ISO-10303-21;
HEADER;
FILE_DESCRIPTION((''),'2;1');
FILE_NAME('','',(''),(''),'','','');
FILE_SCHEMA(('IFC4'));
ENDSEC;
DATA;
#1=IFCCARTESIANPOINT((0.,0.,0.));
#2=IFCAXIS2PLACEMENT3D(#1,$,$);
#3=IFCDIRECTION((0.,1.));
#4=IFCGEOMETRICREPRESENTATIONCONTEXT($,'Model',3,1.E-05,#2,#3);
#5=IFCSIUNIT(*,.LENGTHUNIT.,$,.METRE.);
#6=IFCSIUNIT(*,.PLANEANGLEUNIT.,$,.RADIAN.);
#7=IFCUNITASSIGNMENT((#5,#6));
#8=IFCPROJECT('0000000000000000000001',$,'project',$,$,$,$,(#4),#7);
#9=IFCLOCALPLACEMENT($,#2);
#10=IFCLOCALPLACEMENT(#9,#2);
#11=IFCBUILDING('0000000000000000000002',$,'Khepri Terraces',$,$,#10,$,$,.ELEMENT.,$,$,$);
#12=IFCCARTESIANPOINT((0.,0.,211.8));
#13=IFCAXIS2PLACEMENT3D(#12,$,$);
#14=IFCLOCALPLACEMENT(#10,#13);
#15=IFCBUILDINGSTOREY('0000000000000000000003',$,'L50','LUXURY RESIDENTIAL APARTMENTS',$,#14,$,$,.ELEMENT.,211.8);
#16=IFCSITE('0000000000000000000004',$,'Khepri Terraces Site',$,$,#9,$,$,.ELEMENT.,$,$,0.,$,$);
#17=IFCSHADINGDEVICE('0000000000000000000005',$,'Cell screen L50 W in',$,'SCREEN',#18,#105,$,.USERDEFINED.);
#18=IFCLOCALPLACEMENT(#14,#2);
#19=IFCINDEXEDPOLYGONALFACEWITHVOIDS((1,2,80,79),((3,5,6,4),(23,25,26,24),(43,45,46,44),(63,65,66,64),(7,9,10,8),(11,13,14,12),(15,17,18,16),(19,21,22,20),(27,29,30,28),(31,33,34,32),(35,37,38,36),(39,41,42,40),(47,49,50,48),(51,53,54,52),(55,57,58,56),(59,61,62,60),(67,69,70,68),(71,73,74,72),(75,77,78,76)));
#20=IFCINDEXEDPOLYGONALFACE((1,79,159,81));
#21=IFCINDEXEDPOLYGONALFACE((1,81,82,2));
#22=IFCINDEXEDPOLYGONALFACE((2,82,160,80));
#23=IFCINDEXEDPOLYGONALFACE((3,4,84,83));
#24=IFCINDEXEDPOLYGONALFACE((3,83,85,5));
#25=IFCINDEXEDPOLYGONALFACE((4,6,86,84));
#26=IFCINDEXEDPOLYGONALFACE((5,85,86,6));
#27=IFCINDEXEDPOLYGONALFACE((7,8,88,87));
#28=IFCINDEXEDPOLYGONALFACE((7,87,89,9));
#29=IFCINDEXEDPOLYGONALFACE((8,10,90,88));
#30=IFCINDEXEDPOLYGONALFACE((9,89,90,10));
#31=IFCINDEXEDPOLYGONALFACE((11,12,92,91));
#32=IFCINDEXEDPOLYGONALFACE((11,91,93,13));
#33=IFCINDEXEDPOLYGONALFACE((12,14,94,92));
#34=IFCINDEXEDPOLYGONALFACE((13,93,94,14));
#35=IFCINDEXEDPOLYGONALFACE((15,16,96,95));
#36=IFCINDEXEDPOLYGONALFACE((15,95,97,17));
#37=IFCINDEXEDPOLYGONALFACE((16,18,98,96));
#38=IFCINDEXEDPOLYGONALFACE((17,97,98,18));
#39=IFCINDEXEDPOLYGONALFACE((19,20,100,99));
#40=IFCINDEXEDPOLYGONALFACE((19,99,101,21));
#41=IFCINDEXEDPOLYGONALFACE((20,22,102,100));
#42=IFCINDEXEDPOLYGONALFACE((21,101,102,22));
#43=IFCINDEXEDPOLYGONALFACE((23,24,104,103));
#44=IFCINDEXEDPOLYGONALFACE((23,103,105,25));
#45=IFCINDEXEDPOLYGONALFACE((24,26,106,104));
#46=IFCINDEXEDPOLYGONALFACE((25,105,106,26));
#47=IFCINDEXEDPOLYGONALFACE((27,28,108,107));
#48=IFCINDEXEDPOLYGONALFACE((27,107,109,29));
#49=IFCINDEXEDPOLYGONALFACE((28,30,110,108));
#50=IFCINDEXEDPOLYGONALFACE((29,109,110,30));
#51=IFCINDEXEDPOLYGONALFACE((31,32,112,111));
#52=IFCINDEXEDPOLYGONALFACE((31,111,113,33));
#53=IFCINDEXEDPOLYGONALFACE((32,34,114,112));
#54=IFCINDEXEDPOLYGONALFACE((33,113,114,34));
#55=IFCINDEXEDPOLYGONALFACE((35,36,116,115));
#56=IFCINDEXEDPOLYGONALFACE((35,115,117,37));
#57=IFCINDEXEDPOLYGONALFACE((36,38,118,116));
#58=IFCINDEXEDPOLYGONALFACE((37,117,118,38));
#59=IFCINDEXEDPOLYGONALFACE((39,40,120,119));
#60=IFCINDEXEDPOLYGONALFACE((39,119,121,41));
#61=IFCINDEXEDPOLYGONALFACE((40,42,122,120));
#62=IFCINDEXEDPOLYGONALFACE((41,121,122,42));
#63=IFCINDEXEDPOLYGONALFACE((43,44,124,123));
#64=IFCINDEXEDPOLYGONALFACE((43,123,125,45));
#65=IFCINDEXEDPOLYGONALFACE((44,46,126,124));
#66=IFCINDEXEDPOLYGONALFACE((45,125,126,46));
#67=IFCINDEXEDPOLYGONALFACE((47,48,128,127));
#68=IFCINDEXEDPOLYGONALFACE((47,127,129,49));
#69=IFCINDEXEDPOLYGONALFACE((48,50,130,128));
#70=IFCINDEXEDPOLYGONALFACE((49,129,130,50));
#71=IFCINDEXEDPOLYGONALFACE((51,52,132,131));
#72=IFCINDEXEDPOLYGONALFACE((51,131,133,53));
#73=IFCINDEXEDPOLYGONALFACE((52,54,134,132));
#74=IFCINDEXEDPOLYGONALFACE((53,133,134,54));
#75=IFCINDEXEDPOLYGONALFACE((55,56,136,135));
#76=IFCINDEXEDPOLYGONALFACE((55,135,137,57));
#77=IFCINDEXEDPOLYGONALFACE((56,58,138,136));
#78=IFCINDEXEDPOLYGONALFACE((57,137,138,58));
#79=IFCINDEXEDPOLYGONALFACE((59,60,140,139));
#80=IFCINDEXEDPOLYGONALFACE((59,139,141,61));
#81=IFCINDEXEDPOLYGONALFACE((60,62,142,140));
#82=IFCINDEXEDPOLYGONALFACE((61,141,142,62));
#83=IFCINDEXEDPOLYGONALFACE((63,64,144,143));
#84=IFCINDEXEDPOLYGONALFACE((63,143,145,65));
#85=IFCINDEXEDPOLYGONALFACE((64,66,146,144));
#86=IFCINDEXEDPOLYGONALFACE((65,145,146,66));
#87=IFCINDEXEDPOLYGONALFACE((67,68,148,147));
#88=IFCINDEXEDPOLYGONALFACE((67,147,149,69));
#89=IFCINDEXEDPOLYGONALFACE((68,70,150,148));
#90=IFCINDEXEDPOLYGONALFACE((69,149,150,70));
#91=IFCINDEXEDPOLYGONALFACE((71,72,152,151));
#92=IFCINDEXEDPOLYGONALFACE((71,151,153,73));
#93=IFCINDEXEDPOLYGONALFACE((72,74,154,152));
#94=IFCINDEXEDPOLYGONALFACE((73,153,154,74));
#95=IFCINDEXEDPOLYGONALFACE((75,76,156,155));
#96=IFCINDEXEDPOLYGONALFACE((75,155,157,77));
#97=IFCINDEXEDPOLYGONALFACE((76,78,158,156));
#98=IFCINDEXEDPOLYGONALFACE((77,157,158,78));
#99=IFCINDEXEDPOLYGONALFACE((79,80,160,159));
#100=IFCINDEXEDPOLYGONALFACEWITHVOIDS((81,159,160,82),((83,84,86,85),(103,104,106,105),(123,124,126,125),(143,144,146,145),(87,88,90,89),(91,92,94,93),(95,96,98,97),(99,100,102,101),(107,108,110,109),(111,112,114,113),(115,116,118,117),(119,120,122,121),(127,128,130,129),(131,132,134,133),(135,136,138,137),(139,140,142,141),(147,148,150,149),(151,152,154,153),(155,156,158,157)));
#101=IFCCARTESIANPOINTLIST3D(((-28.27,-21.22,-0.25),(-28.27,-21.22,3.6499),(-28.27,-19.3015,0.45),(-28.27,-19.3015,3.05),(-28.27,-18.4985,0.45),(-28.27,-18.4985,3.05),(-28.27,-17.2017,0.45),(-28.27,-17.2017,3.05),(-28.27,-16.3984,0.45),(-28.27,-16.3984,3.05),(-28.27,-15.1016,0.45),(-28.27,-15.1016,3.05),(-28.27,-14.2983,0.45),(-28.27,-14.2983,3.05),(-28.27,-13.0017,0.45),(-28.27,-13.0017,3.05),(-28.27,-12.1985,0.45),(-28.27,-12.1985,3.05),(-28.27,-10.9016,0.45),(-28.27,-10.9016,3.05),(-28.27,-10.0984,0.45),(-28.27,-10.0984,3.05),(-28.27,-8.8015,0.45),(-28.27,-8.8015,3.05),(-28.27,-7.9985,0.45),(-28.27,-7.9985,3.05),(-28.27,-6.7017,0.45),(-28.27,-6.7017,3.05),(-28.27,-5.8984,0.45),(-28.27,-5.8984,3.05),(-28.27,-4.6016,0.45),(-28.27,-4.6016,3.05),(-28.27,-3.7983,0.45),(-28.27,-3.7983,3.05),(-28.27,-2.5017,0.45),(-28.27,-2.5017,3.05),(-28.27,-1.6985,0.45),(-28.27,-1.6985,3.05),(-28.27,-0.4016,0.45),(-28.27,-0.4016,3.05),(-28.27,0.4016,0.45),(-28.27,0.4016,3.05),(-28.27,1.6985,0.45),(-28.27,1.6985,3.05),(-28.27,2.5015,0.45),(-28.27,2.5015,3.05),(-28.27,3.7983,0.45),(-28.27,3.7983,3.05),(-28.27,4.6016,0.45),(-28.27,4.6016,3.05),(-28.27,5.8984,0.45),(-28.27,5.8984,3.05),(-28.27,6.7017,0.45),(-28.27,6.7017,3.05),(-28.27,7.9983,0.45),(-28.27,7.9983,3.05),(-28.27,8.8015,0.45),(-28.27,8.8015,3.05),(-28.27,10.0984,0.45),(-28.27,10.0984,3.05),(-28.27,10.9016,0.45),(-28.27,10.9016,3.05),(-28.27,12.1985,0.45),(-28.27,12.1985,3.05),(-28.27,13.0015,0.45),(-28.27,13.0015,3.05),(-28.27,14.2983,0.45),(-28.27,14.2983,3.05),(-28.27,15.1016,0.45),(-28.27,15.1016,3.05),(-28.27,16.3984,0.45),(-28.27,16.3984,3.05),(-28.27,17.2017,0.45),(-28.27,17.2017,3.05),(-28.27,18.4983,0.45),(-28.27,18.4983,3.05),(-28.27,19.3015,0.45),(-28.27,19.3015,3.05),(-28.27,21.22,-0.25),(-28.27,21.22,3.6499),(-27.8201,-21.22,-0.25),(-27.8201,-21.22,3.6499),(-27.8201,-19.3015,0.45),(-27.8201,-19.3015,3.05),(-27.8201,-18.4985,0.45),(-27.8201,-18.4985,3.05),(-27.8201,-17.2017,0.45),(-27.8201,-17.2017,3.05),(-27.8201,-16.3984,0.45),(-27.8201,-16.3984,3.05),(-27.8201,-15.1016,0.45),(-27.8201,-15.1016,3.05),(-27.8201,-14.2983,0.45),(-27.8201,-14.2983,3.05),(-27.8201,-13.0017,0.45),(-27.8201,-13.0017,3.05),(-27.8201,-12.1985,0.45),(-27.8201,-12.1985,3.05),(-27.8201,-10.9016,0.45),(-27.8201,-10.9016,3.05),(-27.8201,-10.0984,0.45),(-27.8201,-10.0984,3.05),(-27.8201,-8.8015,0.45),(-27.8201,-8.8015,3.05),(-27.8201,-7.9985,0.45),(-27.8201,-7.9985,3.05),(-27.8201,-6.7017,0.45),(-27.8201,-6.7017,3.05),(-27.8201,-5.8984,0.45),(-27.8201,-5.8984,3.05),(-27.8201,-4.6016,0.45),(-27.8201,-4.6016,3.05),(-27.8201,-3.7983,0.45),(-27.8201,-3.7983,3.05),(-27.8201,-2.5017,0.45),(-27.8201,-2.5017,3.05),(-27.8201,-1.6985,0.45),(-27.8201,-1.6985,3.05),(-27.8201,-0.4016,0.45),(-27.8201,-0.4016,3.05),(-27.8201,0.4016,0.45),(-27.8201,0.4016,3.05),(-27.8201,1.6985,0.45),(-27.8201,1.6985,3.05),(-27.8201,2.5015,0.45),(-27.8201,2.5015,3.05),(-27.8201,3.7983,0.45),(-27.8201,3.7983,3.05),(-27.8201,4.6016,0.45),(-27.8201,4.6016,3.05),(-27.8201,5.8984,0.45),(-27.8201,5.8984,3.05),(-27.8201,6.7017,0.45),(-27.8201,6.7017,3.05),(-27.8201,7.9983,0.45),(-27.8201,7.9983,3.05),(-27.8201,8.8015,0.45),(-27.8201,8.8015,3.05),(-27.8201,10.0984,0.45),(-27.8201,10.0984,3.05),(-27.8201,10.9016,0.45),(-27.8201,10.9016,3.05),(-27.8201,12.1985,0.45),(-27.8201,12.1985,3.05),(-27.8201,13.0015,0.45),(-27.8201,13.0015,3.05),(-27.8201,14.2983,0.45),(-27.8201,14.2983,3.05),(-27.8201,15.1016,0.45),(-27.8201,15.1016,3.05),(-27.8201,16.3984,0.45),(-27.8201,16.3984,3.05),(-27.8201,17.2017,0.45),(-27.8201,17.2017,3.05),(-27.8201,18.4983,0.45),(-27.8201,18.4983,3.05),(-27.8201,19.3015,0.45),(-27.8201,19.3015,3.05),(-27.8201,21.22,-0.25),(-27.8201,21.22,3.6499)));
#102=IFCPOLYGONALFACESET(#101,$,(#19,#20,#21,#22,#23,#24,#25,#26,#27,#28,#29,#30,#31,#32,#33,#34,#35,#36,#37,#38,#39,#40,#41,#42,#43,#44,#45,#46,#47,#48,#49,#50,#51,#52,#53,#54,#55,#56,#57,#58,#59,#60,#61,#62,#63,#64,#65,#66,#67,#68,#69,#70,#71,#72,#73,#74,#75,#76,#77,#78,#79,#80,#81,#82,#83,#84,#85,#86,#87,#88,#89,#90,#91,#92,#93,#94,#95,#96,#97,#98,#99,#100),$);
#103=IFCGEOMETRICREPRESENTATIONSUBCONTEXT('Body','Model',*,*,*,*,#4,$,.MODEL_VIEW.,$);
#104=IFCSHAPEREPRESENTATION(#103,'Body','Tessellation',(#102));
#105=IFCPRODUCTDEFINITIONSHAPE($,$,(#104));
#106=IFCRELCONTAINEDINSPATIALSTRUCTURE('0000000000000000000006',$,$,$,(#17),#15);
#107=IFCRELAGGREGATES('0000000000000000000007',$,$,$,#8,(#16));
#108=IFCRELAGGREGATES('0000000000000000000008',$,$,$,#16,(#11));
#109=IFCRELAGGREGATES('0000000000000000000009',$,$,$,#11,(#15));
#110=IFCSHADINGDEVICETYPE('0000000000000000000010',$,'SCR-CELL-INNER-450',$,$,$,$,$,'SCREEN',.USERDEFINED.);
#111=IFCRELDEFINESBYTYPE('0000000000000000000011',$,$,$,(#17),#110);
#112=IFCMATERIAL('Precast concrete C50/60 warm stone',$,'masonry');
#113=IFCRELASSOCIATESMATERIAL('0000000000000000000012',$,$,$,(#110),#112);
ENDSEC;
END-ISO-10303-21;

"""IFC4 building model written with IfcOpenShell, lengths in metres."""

from ifc_helpers import new_model, si_unit, direction, frame, origin, place, context, subcontext, project, spatial, polyline, outline, extrude, material, type_object, element, save


model = new_model("IFC4")

# Units and contexts
model_context = context("Model", 3, precision=1e-05, world=origin(), true_north=direction((0.0, 1.0)))
body_context = subcontext(model_context, "Body", "Model", "MODEL_VIEW")
ifc_project = project(units=[si_unit("LENGTHUNIT", "METRE"), si_unit("PLANEANGLEUNIT", "RADIAN")], contexts=[model_context])

# Site, building, storey
site_placement = place(None, origin())
site = spatial("IfcSite", under=ifc_project, at=site_placement, Name="Khepri Terraces Site", CompositionType="ELEMENT", RefElevation=0.0)
building_placement = place(site_placement, origin())
building = spatial("IfcBuilding", under=site, at=building_placement, Name="Khepri Terraces", CompositionType="ELEMENT")
storey_placement = place(building_placement, frame((0.0, 0.0, 211.8)))
storey = spatial("IfcBuildingStorey", under=building, at=storey_placement, Name="L50", Description="LUXURY RESIDENTIAL APARTMENTS", CompositionType="ELEMENT", Elevation=211.8)

# Shared definitions
ifc_material_1 = material(Name="Precast concrete C50/60 warm stone", Category="masonry")

# Shading device
shading_device_type_1 = type_object("IfcShadingDeviceType", Name="SCR-CELL-INNER-450", ElementType="SCREEN", PredefinedType="USERDEFINED", material=ifc_material_1)
shading_device_1_placement = place(storey_placement, frame((-27.8201, 21.22, -0.25), z_axis=(-1.0, 0.0, 0.0), x_axis=(0.0, -1.0, 0.0)))
element("IfcShadingDevice", 1, at=shading_device_1_placement, inside=storey, type_object=shading_device_type_1, Name="Cell screen L50 W in", ObjectType="SCREEN", PredefinedType="USERDEFINED", context=body_context, shape_type="SweptSolid", body=[
    extrude(outline(polyline([(0.0, 0.0), (42.4399, 0.0), (42.4399, 3.8999), (0.0, 3.8999), (0.0, 0.0)]), holes=[polyline([(1.9185, 0.7), (2.7217, 0.7), (2.7217, 3.3), (1.9185, 3.3), (1.9185, 0.7)]), polyline([(4.0183, 0.7), (4.8215, 0.7), (4.8215, 3.3), (4.0183, 3.3), (4.0183, 0.7)]), polyline([(6.1184, 0.7), (6.9216, 0.7), (6.9216, 3.3), (6.1184, 3.3), (6.1184, 0.7)]), polyline([(8.2185, 0.7), (9.0215, 0.7), (9.0215, 3.3), (8.2185, 3.3), (8.2185, 0.7)]), polyline([(10.3184, 0.7), (11.1216, 0.7), (11.1216, 3.3), (10.3184, 3.3), (10.3184, 0.7)]), polyline([(12.4185, 0.7), (13.2217, 0.7), (13.2217, 3.3), (12.4185, 3.3), (12.4185, 0.7)]), polyline([(14.5183, 0.7), (15.3215, 0.7), (15.3215, 3.3), (14.5183, 3.3), (14.5183, 0.7)]), polyline([(16.6184, 0.7), (17.4216, 0.7), (17.4216, 3.3), (16.6184, 3.3), (16.6184, 0.7)]), polyline([(18.7185, 0.7), (19.5215, 0.7), (19.5215, 3.3), (18.7185, 3.3), (18.7185, 0.7)]), polyline([(20.8184, 0.7), (21.6216, 0.7), (21.6216, 3.3), (20.8184, 3.3), (20.8184, 0.7)]), polyline([(22.9185, 0.7), (23.7217, 0.7), (23.7217, 3.3), (22.9185, 3.3), (22.9185, 0.7)]), polyline([(25.0183, 0.7), (25.8215, 0.7), (25.8215, 3.3), (25.0183, 3.3), (25.0183, 0.7)]), polyline([(27.1184, 0.7), (27.9216, 0.7), (27.9216, 3.3), (27.1184, 3.3), (27.1184, 0.7)]), polyline([(29.2185, 0.7), (30.0215, 0.7), (30.0215, 3.3), (29.2185, 3.3), (29.2185, 0.7)]), polyline([(31.3184, 0.7), (32.1216, 0.7), (32.1216, 3.3), (31.3184, 3.3), (31.3184, 0.7)]), polyline([(33.4185, 0.7), (34.2217, 0.7), (34.2217, 3.3), (33.4185, 3.3), (33.4185, 0.7)]), polyline([(35.5183, 0.7), (36.3215, 0.7), (36.3215, 3.3), (35.5183, 3.3), (35.5183, 0.7)]), polyline([(37.6184, 0.7), (38.4216, 0.7), (38.4216, 3.3), (37.6184, 3.3), (37.6184, 0.7)]), polyline([(39.7185, 0.7), (40.5215, 0.7), (40.5215, 3.3), (39.7185, 3.3), (39.7185, 0.7)])]), origin(), (0.0, 0.0, 1.0), 0.45),
])

save(model, "model.ifc")
